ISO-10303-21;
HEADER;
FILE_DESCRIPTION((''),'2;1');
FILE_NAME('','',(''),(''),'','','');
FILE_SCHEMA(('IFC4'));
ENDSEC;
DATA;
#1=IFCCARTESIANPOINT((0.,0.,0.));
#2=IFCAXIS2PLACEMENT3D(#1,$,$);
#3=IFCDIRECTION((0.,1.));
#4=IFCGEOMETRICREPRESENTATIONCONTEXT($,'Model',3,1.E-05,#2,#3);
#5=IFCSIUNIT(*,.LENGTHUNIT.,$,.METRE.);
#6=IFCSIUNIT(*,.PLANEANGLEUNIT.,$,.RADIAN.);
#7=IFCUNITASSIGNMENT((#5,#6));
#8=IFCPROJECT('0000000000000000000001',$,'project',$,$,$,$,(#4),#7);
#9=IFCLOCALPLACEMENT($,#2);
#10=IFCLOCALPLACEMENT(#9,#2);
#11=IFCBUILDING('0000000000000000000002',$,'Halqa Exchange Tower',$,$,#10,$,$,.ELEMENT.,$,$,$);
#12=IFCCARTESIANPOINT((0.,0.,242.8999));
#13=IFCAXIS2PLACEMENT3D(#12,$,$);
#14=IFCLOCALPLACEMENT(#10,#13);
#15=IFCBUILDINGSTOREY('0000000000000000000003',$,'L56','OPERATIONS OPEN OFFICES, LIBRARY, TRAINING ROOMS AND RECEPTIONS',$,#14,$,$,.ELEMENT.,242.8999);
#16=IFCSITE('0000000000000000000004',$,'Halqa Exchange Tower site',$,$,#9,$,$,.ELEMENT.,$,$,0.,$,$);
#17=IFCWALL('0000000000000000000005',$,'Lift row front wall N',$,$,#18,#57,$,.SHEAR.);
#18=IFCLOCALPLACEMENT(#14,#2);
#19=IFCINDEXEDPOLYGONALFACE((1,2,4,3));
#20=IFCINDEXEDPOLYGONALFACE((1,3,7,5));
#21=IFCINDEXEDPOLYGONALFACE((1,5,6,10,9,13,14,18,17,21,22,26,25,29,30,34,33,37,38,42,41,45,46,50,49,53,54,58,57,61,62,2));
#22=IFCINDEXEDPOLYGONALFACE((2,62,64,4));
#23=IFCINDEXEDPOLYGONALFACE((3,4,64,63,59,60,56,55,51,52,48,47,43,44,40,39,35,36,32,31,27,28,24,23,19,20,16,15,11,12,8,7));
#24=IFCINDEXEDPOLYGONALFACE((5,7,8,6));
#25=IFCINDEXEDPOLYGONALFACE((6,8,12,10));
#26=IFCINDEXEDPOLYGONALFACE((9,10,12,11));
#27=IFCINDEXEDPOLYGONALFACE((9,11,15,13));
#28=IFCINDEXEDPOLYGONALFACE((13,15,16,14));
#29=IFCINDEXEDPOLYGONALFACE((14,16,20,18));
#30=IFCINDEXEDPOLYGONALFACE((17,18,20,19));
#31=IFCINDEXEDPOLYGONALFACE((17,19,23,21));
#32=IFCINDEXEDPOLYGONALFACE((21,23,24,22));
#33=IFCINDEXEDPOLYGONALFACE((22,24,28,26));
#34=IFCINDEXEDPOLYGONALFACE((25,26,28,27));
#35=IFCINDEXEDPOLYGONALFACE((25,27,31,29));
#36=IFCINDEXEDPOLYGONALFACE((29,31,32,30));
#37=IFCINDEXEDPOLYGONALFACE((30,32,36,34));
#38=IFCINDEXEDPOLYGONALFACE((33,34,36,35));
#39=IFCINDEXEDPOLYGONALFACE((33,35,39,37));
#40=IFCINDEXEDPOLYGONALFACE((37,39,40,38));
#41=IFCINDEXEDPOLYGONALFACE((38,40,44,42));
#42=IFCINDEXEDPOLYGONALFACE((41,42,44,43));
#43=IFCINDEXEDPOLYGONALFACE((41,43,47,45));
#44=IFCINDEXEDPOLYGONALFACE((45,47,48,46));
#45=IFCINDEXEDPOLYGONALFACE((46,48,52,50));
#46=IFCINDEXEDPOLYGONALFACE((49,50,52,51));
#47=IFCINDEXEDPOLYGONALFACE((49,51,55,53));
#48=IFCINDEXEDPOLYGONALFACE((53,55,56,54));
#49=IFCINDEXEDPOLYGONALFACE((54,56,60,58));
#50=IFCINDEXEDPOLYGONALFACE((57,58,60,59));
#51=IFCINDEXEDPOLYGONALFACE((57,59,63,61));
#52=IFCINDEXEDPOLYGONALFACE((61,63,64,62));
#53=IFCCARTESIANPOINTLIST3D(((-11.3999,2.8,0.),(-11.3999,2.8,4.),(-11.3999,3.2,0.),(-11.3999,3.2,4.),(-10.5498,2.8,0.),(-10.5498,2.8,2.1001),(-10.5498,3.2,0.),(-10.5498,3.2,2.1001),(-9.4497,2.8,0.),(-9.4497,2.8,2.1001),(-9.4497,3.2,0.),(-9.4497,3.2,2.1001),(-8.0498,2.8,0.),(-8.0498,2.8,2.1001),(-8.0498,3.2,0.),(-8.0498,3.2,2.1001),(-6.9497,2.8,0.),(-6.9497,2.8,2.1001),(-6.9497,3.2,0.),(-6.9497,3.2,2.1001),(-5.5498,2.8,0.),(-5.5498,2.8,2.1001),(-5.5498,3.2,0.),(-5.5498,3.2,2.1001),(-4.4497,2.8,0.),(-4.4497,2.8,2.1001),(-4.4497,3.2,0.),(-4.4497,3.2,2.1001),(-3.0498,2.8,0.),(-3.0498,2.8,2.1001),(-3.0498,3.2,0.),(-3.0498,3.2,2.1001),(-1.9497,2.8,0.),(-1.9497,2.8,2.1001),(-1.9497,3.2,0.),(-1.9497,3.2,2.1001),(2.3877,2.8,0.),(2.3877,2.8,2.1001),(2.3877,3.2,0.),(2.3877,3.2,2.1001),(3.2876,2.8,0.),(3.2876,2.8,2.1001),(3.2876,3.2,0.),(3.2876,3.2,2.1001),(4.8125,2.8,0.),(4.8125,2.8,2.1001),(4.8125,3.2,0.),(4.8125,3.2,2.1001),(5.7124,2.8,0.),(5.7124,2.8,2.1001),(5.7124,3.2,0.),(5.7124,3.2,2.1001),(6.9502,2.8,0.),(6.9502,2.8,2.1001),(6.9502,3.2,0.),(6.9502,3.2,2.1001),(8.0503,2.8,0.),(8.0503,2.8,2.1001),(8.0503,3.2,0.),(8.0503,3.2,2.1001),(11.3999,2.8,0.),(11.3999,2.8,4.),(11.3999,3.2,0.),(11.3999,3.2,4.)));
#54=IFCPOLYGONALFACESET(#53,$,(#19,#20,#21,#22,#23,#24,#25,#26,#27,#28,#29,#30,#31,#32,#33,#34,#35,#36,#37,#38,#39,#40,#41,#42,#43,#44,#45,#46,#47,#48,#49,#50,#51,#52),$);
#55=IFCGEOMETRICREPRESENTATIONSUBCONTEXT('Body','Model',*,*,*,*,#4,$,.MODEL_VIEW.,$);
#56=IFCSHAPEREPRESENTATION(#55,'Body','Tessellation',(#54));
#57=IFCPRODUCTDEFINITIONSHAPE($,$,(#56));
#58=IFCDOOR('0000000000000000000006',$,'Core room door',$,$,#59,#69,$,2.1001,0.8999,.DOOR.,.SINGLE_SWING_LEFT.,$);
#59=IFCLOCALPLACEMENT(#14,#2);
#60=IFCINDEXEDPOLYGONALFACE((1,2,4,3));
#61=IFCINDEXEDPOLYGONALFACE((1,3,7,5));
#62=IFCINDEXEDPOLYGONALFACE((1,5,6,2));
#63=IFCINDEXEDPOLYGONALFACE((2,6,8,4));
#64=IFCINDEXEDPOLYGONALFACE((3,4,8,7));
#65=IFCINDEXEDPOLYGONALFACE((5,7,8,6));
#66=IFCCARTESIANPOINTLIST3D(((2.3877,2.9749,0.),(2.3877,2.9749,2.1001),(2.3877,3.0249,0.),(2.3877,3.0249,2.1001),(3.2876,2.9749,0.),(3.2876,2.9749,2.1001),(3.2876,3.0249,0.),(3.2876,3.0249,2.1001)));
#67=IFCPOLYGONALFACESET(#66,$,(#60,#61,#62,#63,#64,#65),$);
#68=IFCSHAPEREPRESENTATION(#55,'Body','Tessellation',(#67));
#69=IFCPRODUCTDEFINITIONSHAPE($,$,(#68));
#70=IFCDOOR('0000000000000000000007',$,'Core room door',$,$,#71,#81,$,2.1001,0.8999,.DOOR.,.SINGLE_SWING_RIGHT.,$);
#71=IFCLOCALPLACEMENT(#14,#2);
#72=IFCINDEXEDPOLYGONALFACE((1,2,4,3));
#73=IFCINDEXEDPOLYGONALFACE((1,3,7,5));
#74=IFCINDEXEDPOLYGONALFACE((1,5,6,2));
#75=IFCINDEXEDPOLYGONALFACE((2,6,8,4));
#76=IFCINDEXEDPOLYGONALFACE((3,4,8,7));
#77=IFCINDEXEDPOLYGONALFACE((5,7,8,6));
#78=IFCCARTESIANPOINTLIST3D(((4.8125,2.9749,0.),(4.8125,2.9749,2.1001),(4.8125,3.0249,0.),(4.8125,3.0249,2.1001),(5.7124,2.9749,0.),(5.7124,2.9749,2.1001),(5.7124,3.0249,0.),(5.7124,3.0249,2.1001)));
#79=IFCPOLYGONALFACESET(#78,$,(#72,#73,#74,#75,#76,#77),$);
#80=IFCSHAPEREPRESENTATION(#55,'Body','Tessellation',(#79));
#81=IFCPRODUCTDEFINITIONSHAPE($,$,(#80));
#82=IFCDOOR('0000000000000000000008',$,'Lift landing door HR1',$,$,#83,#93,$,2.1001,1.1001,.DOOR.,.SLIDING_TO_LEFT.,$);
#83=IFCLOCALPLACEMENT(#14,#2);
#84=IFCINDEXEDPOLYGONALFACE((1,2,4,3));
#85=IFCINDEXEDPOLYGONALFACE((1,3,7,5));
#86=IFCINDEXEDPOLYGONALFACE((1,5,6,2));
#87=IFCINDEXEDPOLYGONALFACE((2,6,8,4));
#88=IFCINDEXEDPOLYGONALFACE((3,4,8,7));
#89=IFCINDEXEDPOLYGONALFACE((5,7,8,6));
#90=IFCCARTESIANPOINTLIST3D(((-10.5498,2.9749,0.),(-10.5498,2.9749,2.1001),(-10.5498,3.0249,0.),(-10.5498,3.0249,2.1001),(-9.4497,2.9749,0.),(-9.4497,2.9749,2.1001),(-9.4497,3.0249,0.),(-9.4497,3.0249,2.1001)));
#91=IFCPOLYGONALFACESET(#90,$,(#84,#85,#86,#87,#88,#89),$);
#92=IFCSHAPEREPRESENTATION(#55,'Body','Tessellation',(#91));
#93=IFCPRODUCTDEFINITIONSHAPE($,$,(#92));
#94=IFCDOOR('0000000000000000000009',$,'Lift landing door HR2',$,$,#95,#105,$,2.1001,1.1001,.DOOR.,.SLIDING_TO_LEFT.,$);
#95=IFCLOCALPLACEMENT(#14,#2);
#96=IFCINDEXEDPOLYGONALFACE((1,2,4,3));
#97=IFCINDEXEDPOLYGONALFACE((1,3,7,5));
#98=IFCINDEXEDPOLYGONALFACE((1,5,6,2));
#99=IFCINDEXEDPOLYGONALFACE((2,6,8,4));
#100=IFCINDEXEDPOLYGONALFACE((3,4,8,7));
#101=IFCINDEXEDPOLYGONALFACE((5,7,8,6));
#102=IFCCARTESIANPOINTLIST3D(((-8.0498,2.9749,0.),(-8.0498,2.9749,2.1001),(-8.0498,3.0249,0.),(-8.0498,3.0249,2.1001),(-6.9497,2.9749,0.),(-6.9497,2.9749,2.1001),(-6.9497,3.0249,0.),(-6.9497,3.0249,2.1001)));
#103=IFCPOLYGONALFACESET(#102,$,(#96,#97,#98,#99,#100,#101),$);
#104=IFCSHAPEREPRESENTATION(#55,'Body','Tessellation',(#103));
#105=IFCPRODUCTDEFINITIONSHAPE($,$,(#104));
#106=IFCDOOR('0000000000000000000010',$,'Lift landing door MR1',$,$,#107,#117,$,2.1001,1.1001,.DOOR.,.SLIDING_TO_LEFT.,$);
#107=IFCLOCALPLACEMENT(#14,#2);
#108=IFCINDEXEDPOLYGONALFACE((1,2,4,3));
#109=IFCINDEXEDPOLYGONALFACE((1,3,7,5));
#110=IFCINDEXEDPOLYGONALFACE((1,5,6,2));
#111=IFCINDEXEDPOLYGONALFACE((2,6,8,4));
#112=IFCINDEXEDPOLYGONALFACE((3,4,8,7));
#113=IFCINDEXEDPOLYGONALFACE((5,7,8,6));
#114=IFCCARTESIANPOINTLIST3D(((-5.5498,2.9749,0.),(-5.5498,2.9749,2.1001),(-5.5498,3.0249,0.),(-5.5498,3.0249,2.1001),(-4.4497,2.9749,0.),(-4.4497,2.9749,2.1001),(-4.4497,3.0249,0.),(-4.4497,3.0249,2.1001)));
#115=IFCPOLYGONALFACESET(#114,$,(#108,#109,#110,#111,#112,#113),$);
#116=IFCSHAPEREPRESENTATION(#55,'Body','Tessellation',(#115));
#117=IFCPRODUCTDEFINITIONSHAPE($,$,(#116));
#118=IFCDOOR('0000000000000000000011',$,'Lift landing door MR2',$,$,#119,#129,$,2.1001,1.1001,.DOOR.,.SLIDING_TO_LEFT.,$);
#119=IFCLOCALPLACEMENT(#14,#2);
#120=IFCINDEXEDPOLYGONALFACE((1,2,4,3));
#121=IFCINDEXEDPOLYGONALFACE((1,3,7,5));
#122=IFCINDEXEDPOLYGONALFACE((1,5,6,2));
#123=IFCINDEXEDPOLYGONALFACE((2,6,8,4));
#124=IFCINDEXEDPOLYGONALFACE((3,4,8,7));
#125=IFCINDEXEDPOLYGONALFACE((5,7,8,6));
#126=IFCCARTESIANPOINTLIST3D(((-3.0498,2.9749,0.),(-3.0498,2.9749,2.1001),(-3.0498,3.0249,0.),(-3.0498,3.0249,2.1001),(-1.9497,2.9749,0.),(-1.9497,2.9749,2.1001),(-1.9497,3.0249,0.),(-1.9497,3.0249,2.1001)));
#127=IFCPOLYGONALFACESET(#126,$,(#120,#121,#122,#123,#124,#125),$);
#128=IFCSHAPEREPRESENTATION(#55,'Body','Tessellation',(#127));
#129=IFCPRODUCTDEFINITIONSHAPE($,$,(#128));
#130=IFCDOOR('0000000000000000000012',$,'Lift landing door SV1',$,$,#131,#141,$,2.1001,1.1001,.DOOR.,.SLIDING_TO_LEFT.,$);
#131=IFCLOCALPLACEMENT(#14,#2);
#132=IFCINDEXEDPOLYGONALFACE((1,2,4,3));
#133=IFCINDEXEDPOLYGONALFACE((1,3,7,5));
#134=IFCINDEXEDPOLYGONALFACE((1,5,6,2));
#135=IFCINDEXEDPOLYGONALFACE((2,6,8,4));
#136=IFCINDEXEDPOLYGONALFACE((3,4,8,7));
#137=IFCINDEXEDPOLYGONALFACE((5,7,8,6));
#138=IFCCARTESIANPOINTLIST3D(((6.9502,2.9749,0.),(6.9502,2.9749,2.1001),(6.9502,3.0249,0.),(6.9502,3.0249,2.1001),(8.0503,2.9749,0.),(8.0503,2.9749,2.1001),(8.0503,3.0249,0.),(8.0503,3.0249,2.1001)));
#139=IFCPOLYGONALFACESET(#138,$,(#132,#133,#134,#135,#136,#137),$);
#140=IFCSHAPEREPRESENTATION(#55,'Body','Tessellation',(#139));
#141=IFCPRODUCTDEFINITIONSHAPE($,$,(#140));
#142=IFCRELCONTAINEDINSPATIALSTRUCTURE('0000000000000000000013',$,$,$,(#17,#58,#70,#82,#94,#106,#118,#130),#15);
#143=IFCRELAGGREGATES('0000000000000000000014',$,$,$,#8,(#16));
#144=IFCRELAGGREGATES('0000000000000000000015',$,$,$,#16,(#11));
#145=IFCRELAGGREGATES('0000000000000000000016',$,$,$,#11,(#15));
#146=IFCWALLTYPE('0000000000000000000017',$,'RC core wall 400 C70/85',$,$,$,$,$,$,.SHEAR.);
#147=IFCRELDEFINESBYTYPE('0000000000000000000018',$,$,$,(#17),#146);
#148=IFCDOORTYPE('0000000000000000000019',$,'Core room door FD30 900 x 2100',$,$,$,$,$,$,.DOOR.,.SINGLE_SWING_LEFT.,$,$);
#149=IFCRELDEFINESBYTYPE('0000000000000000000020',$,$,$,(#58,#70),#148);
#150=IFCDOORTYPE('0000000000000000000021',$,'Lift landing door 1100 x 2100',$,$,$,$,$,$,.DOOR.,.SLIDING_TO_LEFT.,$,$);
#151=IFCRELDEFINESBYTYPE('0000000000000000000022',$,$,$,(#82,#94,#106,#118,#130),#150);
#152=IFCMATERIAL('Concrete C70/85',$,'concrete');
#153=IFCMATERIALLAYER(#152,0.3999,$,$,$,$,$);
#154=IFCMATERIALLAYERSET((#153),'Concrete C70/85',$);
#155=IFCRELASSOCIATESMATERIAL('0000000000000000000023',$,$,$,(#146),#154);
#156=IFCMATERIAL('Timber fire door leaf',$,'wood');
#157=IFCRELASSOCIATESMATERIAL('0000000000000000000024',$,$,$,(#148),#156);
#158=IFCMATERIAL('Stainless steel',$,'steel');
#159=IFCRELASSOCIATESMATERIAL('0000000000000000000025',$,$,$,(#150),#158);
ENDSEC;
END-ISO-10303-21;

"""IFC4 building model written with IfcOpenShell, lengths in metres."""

from ifc_helpers import new_model, si_unit, direction, frame, frame_2d, origin, place, context, subcontext, project, spatial, rectangle, extrude, material, layer, layer_set, type_object, element, fill, save


model = new_model("IFC4")

# Units and contexts
model_context = context("Model", 3, precision=1e-05, world=origin(), true_north=direction((0.0, 1.0)))
body_context = subcontext(model_context, "Body", "Model", "MODEL_VIEW")
ifc_project = project(units=[si_unit("LENGTHUNIT", "METRE"), si_unit("PLANEANGLEUNIT", "RADIAN")], contexts=[model_context])

# Site, building, storey
site_placement = place(None, origin())
site = spatial("IfcSite", under=ifc_project, at=site_placement, Name="Halqa Exchange Tower site", CompositionType="ELEMENT", RefElevation=0.0)
building_placement = place(site_placement, origin())
building = spatial("IfcBuilding", under=site, at=building_placement, Name="Halqa Exchange Tower", CompositionType="ELEMENT")
storey_placement = place(building_placement, frame((0.0, 0.0, 242.8999)))
storey = spatial("IfcBuildingStorey", under=building, at=storey_placement, Name="L56", Description="OPERATIONS OPEN OFFICES, LIBRARY, TRAINING ROOMS AND RECEPTIONS", CompositionType="ELEMENT", Elevation=242.8999)

# Wall, openings, doors
ifc_material_1 = material(Name="Concrete C70/85", Category="concrete")
ifc_layer_1 = layer(ifc_material_1, 0.3999)
ifc_layer_set_1 = layer_set([ifc_layer_1], Name="Concrete C70/85")
wall_type_1 = type_object("IfcWallType", Name="RC core wall 400 C70/85", PredefinedType="SHEAR", material=ifc_layer_set_1)
wall_1_placement = place(storey_placement, frame((-11.3999, 3.0, 0.0), z_axis=(0.0, 0.0, 1.0), x_axis=(1.0, 0.0, 0.0)))
wall_1 = element("IfcWall", 1, at=wall_1_placement, inside=storey, type_object=wall_type_1, Name="Lift row front wall N", PredefinedType="SHEAR", context=body_context, shape_type="SweptSolid", body=[
    extrude(rectangle(XDim=22.7998, YDim=0.3999, at=frame_2d((11.3999, 0.0))), origin(), (0.0, 0.0, 1.0), 4.0),
])
opening_1_placement = place(wall_1_placement, frame((0.8501, 0.0, 0.0)))
opening_1 = element("IfcOpeningElement", 2, at=opening_1_placement, cuts=wall_1, PredefinedType="OPENING", context=body_context, shape_type="SweptSolid", body=[
    extrude(rectangle(XDim=1.1001, YDim=2.1001, at=frame_2d((0.55, 1.05))), frame((0.0, 0.2119, 0.0), z_axis=(0.0, -1.0, 0.0), x_axis=(1.0, 0.0, 0.0)), (0.0, 0.0, 1.0), 0.4238),
])
opening_2_placement = place(wall_1_placement, frame((3.3501, 0.0, 0.0)))
opening_2 = element("IfcOpeningElement", 3, at=opening_2_placement, cuts=wall_1, PredefinedType="OPENING", context=body_context, shape_type="SweptSolid", body=[
    extrude(rectangle(XDim=1.1001, YDim=2.1001, at=frame_2d((0.55, 1.05))), frame((0.0, 0.2119, 0.0), z_axis=(0.0, -1.0, 0.0), x_axis=(1.0, 0.0, 0.0)), (0.0, 0.0, 1.0), 0.4238),
])
opening_3_placement = place(wall_1_placement, frame((5.8501, 0.0, 0.0)))
opening_3 = element("IfcOpeningElement", 4, at=opening_3_placement, cuts=wall_1, PredefinedType="OPENING", context=body_context, shape_type="SweptSolid", body=[
    extrude(rectangle(XDim=1.1001, YDim=2.1001, at=frame_2d((0.55, 1.05))), frame((0.0, 0.2119, 0.0), z_axis=(0.0, -1.0, 0.0), x_axis=(1.0, 0.0, 0.0)), (0.0, 0.0, 1.0), 0.4238),
])
opening_4_placement = place(wall_1_placement, frame((8.3501, 0.0, 0.0)))
opening_4 = element("IfcOpeningElement", 5, at=opening_4_placement, cuts=wall_1, PredefinedType="OPENING", context=body_context, shape_type="SweptSolid", body=[
    extrude(rectangle(XDim=1.1001, YDim=2.1001, at=frame_2d((0.55, 1.05))), frame((0.0, 0.2119, 0.0), z_axis=(0.0, -1.0, 0.0), x_axis=(1.0, 0.0, 0.0)), (0.0, 0.0, 1.0), 0.4238),
])
opening_5_placement = place(wall_1_placement, frame((18.3501, 0.0, 0.0)))
opening_5 = element("IfcOpeningElement", 6, at=opening_5_placement, cuts=wall_1, PredefinedType="OPENING", context=body_context, shape_type="SweptSolid", body=[
    extrude(rectangle(XDim=1.1001, YDim=2.1001, at=frame_2d((0.55, 1.05))), frame((0.0, 0.2119, 0.0), z_axis=(0.0, -1.0, 0.0), x_axis=(1.0, 0.0, 0.0)), (0.0, 0.0, 1.0), 0.4238),
])
opening_6_placement = place(wall_1_placement, frame((13.7876, 0.0, 0.0)))
opening_6 = element("IfcOpeningElement", 7, at=opening_6_placement, cuts=wall_1, PredefinedType="OPENING", context=body_context, shape_type="SweptSolid", body=[
    extrude(rectangle(XDim=0.8999, YDim=2.1001, at=frame_2d((0.45, 1.05))), frame((0.0, 0.2119, 0.0), z_axis=(0.0, -1.0, 0.0), x_axis=(1.0, 0.0, 0.0)), (0.0, 0.0, 1.0), 0.4238),
])
opening_7_placement = place(wall_1_placement, frame((16.2124, 0.0, 0.0)))
opening_7 = element("IfcOpeningElement", 8, at=opening_7_placement, cuts=wall_1, PredefinedType="OPENING", context=body_context, shape_type="SweptSolid", body=[
    extrude(rectangle(XDim=0.8999, YDim=2.1001, at=frame_2d((0.45, 1.05))), frame((0.0, 0.2119, 0.0), z_axis=(0.0, -1.0, 0.0), x_axis=(1.0, 0.0, 0.0)), (0.0, 0.0, 1.0), 0.4238),
])
ifc_material_2 = material(Name="Timber fire door leaf", Category="wood")
door_type_1 = type_object("IfcDoorType", Name="Core room door FD30 900 x 2100", OperationType="SINGLE_SWING_LEFT", PredefinedType="DOOR", material=ifc_material_2)
door_1_placement = place(opening_6_placement, origin())
door_1 = element("IfcDoor", 9, at=door_1_placement, inside=storey, type_object=door_type_1, Name="Core room door", OperationType="SINGLE_SWING_LEFT", OverallHeight=2.1001, OverallWidth=0.8999, PredefinedType="DOOR", context=body_context, shape_type="SweptSolid", body=[
    extrude(rectangle(XDim=0.8999, YDim=2.1001, at=frame_2d((0.45, 1.05))), frame((0.0, 0.0249, 0.0), z_axis=(0.0, -1.0, 0.0), x_axis=(1.0, 0.0, 0.0)), (0.0, 0.0, 1.0), 0.05),
])
fill(opening_6, door_1)
door_2_placement = place(opening_7_placement, origin())
door_2 = element("IfcDoor", 10, at=door_2_placement, inside=storey, type_object=door_type_1, Name="Core room door", OperationType="SINGLE_SWING_RIGHT", OverallHeight=2.1001, OverallWidth=0.8999, PredefinedType="DOOR", context=body_context, shape_type="SweptSolid", body=[
    extrude(rectangle(XDim=0.8999, YDim=2.1001, at=frame_2d((0.45, 1.05))), frame((0.0, 0.0249, 0.0), z_axis=(0.0, -1.0, 0.0), x_axis=(1.0, 0.0, 0.0)), (0.0, 0.0, 1.0), 0.05),
])
fill(opening_7, door_2)
ifc_material_3 = material(Name="Stainless steel", Category="steel")
door_type_2 = type_object("IfcDoorType", Name="Lift landing door 1100 x 2100", OperationType="SLIDING_TO_LEFT", PredefinedType="DOOR", material=ifc_material_3)
door_3_placement = place(opening_1_placement, origin())
door_3 = element("IfcDoor", 11, at=door_3_placement, inside=storey, type_object=door_type_2, Name="Lift landing door HR1", OperationType="SLIDING_TO_LEFT", OverallHeight=2.1001, OverallWidth=1.1001, PredefinedType="DOOR", context=body_context, shape_type="SweptSolid", body=[
    extrude(rectangle(XDim=1.1001, YDim=2.1001, at=frame_2d((0.55, 1.05))), frame((0.0, 0.0249, 0.0), z_axis=(0.0, -1.0, 0.0), x_axis=(1.0, 0.0, 0.0)), (0.0, 0.0, 1.0), 0.05),
])
fill(opening_1, door_3)
door_4_placement = place(opening_2_placement, origin())
door_4 = element("IfcDoor", 12, at=door_4_placement, inside=storey, type_object=door_type_2, Name="Lift landing door HR2", OperationType="SLIDING_TO_LEFT", OverallHeight=2.1001, OverallWidth=1.1001, PredefinedType="DOOR", context=body_context, shape_type="SweptSolid", body=[
    extrude(rectangle(XDim=1.1001, YDim=2.1001, at=frame_2d((0.55, 1.05))), frame((0.0, 0.0249, 0.0), z_axis=(0.0, -1.0, 0.0), x_axis=(1.0, 0.0, 0.0)), (0.0, 0.0, 1.0), 0.05),
])
fill(opening_2, door_4)
door_5_placement = place(opening_3_placement, origin())
door_5 = element("IfcDoor", 13, at=door_5_placement, inside=storey, type_object=door_type_2, Name="Lift landing door MR1", OperationType="SLIDING_TO_LEFT", OverallHeight=2.1001, OverallWidth=1.1001, PredefinedType="DOOR", context=body_context, shape_type="SweptSolid", body=[
    extrude(rectangle(XDim=1.1001, YDim=2.1001, at=frame_2d((0.55, 1.05))), frame((0.0, 0.0249, 0.0), z_axis=(0.0, -1.0, 0.0), x_axis=(1.0, 0.0, 0.0)), (0.0, 0.0, 1.0), 0.05),
])
fill(opening_3, door_5)
door_6_placement = place(opening_4_placement, origin())
door_6 = element("IfcDoor", 14, at=door_6_placement, inside=storey, type_object=door_type_2, Name="Lift landing door MR2", OperationType="SLIDING_TO_LEFT", OverallHeight=2.1001, OverallWidth=1.1001, PredefinedType="DOOR", context=body_context, shape_type="SweptSolid", body=[
    extrude(rectangle(XDim=1.1001, YDim=2.1001, at=frame_2d((0.55, 1.05))), frame((0.0, 0.0249, 0.0), z_axis=(0.0, -1.0, 0.0), x_axis=(1.0, 0.0, 0.0)), (0.0, 0.0, 1.0), 0.05),
])
fill(opening_4, door_6)
door_7_placement = place(opening_5_placement, origin())
door_7 = element("IfcDoor", 15, at=door_7_placement, inside=storey, type_object=door_type_2, Name="Lift landing door SV1", OperationType="SLIDING_TO_LEFT", OverallHeight=2.1001, OverallWidth=1.1001, PredefinedType="DOOR", context=body_context, shape_type="SweptSolid", body=[
    extrude(rectangle(XDim=1.1001, YDim=2.1001, at=frame_2d((0.55, 1.05))), frame((0.0, 0.0249, 0.0), z_axis=(0.0, -1.0, 0.0), x_axis=(1.0, 0.0, 0.0)), (0.0, 0.0, 1.0), 0.05),
])
fill(opening_5, door_7)

save(model, "model.ifc")
